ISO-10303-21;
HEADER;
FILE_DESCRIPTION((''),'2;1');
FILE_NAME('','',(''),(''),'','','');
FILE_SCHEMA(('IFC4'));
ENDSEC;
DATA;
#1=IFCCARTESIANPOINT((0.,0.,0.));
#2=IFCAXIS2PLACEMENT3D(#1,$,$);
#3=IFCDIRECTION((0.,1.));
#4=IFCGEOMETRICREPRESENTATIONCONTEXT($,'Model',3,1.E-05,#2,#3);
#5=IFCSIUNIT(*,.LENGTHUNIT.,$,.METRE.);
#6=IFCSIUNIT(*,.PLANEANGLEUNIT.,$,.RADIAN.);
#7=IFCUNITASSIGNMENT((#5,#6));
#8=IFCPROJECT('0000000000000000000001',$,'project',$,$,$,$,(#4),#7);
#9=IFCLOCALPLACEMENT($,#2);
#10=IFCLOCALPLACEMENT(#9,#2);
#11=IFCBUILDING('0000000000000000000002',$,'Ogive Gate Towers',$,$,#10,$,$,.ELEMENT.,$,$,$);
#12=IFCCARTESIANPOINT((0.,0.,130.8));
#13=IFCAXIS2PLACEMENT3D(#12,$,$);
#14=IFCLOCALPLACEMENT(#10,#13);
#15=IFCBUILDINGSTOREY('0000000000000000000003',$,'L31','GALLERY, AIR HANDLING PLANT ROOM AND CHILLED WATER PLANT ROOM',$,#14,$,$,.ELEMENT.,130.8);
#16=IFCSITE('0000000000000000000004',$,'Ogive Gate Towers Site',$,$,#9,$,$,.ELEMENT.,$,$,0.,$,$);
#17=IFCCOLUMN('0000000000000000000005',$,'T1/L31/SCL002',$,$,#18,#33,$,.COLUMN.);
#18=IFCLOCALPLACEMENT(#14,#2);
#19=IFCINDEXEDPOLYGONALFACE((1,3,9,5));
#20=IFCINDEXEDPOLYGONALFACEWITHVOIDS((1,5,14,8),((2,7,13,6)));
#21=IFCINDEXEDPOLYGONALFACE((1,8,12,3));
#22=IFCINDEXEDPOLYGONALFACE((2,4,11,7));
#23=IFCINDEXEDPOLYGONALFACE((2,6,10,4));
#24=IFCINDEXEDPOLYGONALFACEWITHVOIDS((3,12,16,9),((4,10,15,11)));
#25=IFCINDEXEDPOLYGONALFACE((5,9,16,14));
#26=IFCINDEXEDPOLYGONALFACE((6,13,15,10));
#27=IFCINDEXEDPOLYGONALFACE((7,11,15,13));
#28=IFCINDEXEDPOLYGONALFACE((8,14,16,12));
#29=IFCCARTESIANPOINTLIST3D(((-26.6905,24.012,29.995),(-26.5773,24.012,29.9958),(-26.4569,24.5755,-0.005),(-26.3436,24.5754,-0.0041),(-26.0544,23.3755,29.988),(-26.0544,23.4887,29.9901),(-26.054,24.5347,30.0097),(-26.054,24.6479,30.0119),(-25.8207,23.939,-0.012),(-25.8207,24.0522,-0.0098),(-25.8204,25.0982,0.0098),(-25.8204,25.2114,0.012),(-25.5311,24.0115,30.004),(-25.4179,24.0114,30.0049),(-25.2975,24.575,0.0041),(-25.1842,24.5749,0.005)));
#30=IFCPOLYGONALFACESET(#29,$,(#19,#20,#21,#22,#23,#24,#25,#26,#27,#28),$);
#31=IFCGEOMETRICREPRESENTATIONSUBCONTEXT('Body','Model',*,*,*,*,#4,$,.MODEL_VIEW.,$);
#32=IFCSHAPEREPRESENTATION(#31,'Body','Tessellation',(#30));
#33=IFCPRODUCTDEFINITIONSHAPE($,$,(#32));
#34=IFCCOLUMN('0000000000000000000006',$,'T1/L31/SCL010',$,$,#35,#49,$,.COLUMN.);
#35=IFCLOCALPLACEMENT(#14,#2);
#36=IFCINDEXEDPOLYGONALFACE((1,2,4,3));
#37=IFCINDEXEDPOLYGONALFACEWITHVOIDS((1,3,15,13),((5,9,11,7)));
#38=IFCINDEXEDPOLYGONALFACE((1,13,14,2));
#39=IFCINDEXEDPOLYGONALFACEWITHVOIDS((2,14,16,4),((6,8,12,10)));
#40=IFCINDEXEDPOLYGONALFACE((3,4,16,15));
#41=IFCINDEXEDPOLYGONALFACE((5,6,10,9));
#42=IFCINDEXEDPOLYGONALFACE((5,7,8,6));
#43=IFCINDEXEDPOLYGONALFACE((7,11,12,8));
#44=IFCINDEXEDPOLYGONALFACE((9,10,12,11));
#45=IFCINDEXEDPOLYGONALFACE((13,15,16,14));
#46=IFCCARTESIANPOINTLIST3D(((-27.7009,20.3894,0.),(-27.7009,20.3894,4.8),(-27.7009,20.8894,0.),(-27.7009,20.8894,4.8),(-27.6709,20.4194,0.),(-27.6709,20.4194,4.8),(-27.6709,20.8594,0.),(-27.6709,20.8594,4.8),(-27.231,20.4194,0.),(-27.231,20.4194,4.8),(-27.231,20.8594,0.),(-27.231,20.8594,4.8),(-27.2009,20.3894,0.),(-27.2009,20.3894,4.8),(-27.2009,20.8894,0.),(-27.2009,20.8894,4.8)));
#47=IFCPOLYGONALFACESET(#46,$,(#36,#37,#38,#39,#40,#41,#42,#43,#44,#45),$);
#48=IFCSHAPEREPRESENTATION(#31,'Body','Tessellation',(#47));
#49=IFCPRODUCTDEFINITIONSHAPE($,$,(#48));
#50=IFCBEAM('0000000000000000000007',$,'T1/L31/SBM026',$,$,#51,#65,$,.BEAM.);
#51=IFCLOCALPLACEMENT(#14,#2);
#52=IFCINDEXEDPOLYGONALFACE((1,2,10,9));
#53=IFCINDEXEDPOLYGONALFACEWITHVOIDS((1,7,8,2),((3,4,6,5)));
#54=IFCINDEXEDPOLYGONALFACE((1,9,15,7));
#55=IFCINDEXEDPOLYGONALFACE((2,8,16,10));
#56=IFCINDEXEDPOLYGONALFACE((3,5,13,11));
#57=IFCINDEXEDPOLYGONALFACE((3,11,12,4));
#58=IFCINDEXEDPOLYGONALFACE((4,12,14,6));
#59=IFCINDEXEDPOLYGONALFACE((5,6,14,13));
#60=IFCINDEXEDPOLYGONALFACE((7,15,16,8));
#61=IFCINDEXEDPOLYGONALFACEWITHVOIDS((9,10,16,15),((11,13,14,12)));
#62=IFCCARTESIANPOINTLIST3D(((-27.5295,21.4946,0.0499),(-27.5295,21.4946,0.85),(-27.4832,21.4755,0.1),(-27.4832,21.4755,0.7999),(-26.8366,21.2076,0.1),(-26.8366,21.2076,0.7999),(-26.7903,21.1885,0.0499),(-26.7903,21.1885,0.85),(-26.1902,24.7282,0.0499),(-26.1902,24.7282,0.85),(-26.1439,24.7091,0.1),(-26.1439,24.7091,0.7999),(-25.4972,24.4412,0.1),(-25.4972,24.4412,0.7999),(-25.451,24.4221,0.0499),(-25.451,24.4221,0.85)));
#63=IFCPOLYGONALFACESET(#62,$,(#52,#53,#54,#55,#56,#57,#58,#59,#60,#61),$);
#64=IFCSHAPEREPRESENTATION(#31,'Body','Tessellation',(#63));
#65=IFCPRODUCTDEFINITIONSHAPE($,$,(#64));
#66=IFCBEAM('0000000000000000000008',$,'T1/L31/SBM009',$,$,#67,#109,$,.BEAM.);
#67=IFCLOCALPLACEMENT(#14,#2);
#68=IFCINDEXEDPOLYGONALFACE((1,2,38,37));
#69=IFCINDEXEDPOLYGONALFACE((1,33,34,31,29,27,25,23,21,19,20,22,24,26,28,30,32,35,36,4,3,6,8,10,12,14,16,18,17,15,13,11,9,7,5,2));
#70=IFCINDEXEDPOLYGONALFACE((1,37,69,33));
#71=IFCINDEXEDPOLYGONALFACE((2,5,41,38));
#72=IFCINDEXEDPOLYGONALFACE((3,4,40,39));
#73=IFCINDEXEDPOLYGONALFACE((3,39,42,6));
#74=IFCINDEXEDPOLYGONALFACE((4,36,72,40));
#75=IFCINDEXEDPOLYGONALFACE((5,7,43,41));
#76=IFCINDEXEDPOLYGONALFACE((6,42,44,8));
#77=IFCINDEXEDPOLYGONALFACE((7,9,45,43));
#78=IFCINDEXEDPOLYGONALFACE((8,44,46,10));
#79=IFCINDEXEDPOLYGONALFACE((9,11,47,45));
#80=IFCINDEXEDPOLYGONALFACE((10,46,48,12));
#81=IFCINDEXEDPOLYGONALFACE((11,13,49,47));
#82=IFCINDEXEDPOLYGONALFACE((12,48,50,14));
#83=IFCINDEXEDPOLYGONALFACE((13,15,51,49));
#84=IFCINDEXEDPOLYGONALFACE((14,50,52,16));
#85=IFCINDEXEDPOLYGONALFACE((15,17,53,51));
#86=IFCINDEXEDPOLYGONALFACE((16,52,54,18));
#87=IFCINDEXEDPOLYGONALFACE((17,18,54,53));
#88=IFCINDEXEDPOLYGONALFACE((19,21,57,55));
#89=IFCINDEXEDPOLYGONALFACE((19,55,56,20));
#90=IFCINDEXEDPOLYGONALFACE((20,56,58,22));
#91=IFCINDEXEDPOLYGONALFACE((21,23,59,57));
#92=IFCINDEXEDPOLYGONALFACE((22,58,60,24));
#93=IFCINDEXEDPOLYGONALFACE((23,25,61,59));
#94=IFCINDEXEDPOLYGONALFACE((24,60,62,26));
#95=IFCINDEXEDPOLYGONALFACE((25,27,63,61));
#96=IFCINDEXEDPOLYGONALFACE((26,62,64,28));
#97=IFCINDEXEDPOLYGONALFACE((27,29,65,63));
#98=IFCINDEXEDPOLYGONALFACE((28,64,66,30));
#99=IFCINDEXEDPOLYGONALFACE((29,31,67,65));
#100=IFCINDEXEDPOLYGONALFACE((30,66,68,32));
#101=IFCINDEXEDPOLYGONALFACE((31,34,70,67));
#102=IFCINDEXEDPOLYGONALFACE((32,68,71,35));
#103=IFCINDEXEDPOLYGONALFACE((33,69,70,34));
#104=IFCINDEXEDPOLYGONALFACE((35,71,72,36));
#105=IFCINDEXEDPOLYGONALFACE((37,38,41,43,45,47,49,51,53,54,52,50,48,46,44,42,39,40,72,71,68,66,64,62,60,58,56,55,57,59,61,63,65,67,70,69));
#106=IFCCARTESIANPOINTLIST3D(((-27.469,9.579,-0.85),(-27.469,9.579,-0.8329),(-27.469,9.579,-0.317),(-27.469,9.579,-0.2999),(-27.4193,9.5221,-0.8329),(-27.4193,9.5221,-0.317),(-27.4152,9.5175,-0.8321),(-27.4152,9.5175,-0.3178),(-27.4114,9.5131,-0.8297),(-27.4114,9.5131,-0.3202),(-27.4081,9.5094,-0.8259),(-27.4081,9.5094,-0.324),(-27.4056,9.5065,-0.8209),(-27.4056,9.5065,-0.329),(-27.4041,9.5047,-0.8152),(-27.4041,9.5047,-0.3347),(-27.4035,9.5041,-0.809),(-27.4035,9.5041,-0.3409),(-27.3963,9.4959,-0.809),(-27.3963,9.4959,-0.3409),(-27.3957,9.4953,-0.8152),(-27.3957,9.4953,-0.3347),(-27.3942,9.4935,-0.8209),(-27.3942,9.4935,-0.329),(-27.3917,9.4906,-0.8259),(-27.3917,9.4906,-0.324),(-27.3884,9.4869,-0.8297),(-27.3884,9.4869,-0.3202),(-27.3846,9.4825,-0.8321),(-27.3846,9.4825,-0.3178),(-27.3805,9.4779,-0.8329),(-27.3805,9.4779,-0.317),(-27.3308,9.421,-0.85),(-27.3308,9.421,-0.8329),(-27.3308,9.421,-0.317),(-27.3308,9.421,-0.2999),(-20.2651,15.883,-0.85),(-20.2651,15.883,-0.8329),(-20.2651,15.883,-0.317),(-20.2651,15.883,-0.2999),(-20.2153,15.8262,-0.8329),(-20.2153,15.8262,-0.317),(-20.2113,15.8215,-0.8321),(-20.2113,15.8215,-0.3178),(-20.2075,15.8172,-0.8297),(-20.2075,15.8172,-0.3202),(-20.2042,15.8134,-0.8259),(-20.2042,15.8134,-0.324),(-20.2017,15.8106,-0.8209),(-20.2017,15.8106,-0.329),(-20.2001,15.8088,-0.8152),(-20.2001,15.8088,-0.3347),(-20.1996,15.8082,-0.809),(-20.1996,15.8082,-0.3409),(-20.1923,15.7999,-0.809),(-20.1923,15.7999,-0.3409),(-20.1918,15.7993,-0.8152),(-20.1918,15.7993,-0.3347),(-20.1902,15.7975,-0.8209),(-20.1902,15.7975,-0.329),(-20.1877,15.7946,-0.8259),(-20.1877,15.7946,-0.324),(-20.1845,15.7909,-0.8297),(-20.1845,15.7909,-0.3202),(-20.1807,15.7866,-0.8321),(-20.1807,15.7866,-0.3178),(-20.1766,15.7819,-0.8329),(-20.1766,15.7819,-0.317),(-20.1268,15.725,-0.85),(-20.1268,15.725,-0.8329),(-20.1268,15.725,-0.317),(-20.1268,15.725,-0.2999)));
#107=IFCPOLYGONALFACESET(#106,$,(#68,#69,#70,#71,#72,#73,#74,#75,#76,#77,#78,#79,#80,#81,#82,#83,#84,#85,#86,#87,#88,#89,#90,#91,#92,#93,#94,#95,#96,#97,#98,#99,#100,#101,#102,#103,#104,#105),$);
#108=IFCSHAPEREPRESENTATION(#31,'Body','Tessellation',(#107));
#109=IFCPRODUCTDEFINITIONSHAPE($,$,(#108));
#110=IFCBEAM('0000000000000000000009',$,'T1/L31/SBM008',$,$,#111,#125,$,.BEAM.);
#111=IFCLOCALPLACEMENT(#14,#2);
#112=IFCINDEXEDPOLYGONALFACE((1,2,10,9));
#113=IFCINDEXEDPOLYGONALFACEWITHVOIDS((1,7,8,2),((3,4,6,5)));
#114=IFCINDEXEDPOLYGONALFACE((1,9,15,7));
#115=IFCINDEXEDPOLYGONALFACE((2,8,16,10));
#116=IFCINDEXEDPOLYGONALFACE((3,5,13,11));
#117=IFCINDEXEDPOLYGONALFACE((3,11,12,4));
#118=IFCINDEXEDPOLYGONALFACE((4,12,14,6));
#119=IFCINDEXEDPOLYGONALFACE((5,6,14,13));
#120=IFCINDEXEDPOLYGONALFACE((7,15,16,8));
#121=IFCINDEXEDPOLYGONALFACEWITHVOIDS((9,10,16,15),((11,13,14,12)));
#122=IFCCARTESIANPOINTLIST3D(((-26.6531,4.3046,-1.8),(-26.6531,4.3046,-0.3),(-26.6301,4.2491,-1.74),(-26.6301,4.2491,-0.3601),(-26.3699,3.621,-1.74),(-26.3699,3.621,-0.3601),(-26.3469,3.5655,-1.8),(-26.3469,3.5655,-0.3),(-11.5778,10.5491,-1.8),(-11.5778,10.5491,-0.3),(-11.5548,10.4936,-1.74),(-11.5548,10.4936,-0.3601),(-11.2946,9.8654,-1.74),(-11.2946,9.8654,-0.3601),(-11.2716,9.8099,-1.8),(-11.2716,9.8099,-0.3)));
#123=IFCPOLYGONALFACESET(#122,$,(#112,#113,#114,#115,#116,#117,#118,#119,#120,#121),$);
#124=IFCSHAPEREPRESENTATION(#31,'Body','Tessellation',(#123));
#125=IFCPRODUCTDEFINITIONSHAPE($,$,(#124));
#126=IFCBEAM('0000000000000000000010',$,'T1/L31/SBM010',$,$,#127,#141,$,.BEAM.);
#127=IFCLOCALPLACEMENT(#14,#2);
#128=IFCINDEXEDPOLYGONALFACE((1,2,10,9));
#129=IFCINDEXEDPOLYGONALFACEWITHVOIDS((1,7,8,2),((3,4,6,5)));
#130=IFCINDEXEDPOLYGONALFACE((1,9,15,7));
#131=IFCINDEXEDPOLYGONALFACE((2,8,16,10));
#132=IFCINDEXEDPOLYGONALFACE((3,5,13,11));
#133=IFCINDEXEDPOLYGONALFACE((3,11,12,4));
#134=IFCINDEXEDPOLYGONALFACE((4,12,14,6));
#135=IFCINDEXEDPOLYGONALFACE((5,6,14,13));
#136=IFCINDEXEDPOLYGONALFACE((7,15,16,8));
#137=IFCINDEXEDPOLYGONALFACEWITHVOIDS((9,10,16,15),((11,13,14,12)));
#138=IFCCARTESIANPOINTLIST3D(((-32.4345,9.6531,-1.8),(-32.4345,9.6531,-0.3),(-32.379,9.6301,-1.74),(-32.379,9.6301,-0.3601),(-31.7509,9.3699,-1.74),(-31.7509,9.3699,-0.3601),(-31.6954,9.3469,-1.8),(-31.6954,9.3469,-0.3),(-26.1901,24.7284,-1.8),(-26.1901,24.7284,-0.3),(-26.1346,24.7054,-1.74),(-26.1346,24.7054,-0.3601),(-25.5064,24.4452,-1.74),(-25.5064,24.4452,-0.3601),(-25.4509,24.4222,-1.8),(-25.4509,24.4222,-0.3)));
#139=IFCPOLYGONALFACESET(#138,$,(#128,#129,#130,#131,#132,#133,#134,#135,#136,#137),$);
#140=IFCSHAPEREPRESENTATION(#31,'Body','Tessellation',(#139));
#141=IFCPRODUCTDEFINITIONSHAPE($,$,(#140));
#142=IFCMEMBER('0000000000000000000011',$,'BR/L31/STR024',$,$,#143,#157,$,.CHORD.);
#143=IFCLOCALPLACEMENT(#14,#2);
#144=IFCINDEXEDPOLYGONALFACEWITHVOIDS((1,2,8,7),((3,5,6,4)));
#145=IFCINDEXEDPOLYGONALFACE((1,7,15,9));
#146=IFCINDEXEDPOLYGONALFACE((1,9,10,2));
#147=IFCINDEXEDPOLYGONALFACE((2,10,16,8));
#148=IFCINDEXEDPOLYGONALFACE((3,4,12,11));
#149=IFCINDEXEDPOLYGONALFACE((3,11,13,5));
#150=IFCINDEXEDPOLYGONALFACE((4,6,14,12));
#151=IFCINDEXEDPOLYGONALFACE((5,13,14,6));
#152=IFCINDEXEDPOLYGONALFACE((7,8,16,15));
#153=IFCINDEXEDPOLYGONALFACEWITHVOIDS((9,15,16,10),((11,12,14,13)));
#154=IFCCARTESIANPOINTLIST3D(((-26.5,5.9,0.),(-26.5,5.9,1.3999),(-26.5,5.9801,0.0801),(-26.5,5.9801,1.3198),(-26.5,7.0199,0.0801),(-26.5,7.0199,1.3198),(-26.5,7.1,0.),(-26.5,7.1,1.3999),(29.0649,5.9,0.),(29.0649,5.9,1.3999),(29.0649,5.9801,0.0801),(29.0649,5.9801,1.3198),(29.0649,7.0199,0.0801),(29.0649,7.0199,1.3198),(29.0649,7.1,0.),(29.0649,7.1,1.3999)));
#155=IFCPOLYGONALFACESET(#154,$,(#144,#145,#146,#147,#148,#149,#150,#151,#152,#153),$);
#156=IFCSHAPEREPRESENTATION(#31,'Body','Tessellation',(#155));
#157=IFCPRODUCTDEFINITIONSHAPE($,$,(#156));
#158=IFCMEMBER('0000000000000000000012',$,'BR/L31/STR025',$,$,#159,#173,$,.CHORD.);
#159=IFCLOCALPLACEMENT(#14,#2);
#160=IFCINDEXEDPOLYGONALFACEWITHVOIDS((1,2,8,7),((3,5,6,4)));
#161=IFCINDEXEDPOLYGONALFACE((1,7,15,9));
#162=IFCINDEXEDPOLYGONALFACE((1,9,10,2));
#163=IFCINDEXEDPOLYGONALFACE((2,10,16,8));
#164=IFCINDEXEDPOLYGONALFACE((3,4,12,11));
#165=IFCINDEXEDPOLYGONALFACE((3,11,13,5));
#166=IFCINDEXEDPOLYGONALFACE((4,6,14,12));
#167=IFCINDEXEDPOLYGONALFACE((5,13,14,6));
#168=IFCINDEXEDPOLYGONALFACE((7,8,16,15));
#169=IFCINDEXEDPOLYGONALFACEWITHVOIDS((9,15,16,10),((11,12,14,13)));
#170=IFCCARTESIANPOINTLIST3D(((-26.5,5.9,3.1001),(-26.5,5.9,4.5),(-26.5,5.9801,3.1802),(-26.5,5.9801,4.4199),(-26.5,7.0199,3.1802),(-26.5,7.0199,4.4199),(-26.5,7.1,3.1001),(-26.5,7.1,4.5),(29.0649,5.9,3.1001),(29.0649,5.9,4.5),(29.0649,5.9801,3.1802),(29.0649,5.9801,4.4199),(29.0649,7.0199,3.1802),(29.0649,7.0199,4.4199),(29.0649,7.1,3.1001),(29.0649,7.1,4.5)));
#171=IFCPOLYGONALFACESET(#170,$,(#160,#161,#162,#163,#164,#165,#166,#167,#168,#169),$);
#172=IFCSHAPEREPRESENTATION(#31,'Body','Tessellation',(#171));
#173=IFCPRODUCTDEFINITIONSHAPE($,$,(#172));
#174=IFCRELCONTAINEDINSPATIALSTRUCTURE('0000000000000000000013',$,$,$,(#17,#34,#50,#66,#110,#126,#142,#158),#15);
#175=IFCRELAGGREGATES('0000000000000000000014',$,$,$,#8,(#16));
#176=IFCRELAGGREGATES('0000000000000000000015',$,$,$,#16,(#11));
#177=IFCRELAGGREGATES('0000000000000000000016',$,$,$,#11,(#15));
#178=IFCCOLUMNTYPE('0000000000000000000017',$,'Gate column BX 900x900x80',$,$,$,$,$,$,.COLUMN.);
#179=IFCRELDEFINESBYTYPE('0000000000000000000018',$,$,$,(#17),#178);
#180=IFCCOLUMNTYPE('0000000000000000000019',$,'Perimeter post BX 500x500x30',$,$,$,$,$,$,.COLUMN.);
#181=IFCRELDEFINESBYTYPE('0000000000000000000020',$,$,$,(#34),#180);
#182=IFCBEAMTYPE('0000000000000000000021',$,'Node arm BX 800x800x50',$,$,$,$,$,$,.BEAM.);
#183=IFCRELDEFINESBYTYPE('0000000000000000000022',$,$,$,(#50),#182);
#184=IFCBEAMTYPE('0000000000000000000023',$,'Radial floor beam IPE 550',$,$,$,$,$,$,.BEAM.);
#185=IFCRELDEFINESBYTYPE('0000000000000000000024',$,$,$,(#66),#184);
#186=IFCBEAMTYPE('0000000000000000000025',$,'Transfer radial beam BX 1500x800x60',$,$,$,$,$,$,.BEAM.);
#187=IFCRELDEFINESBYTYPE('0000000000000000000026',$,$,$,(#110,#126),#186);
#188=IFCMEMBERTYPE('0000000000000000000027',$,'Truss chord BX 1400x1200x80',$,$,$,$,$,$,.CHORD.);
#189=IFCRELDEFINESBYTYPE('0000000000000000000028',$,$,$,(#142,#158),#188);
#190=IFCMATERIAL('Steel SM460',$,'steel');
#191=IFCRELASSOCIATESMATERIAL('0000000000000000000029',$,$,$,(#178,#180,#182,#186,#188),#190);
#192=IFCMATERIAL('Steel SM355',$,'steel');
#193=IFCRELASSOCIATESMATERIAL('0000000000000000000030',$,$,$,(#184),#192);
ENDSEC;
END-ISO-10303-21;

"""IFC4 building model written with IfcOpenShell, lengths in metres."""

from ifc_helpers import new_model, si_unit, direction, frame, origin, origin_2d, place, context, subcontext, project, spatial, hollow_rectangle, i_section, extrude, material, material_profile, profile_set, type_object, element, save


model = new_model("IFC4")

# Units and contexts
model_context = context("Model", 3, precision=1e-05, world=origin(), true_north=direction((0.0, 1.0)))
body_context = subcontext(model_context, "Body", "Model", "MODEL_VIEW")
ifc_project = project(units=[si_unit("LENGTHUNIT", "METRE"), si_unit("PLANEANGLEUNIT", "RADIAN")], contexts=[model_context])

# Site, building, storey
site_placement = place(None, origin())
site = spatial("IfcSite", under=ifc_project, at=site_placement, Name="Ogive Gate Towers Site", CompositionType="ELEMENT", RefElevation=0.0)
building_placement = place(site_placement, origin())
building = spatial("IfcBuilding", under=site, at=building_placement, Name="Ogive Gate Towers", CompositionType="ELEMENT")
storey_placement = place(building_placement, frame((0.0, 0.0, 130.8)))
storey = spatial("IfcBuildingStorey", under=building, at=storey_placement, Name="L31", Description="GALLERY, AIR HANDLING PLANT ROOM AND CHILLED WATER PLANT ROOM", CompositionType="ELEMENT", Elevation=130.8)

# Columns
ifc_material_1 = material(Name="Steel SM460", Category="steel")
ifc_material_profile_1 = material_profile(ifc_material_1, hollow_rectangle(XDim=0.8999, YDim=0.8999, WallThickness=0.0801, at=origin_2d()), Name="BX 900x900x80")
ifc_profile_set_1 = profile_set([ifc_material_profile_1], Name="Steel SM460")
column_type_1 = type_object("IfcColumnType", Name="Gate column BX 900x900x80", PredefinedType="COLUMN", material=ifc_profile_set_1)
column_1_placement = place(storey_placement, frame((-25.8206, 24.5752, 0.0), z_axis=(-0.007786, -0.018779, 0.999793), x_axis=(0.707294, 0.70667, 0.018782)))
element("IfcColumn", 1, at=column_1_placement, inside=storey, type_object=column_type_1, Name="T1/L31/SCL002", PredefinedType="COLUMN", context=body_context, shape_type="SweptSolid", body=[
    extrude(hollow_rectangle(XDim=0.8999, YDim=0.8999, WallThickness=0.0801, at=origin_2d()), origin(), (0.0, 0.0, 1.0), 30.0061),
])
ifc_material_profile_2 = material_profile(ifc_material_1, hollow_rectangle(XDim=0.5, YDim=0.5, WallThickness=0.03, at=origin_2d()), Name="BX 500x500x30")
ifc_profile_set_2 = profile_set([ifc_material_profile_2], Name="Steel SM460")
column_type_2 = type_object("IfcColumnType", Name="Perimeter post BX 500x500x30", PredefinedType="COLUMN", material=ifc_profile_set_2)
column_2_placement = place(storey_placement, frame((-27.4509, 20.6394, 0.0), z_axis=(0.0, 0.0, 1.0), x_axis=(1.0, 0.0, 0.0)))
element("IfcColumn", 2, at=column_2_placement, inside=storey, type_object=column_type_2, Name="T1/L31/SCL010", PredefinedType="COLUMN", context=body_context, shape_type="SweptSolid", body=[
    extrude(hollow_rectangle(XDim=0.5, YDim=0.5, WallThickness=0.03, at=origin_2d()), origin(), (0.0, 0.0, 1.0), 4.8),
])

# Beams
ifc_material_profile_3 = material_profile(ifc_material_1, hollow_rectangle(XDim=0.8, YDim=0.8, WallThickness=0.05, at=origin_2d()), Name="BX 800x800x50")
ifc_profile_set_3 = profile_set([ifc_material_profile_3], Name="Steel SM460")
beam_type_1 = type_object("IfcBeamType", Name="Node arm BX 800x800x50", PredefinedType="BEAM", material=ifc_profile_set_3)
beam_1_placement = place(storey_placement, frame((-27.1599, 21.3416, 0.45), z_axis=(0.382668, 0.923886, 0.0), x_axis=(-0.923886, 0.382668, 0.0)))
element("IfcBeam", 3, at=beam_1_placement, inside=storey, type_object=beam_type_1, Name="T1/L31/SBM026", PredefinedType="BEAM", context=body_context, shape_type="SweptSolid", body=[
    extrude(hollow_rectangle(XDim=0.8, YDim=0.8, WallThickness=0.05, at=origin_2d()), origin(), (0.0, 0.0, 1.0), 3.5),
])
ifc_material_2 = material(Name="Steel SM355", Category="steel")
ifc_material_profile_4 = material_profile(ifc_material_2, i_section(OverallWidth=0.21, OverallDepth=0.55, WebThickness=0.011, FlangeThickness=0.0171, FilletRadius=0.0239, at=origin_2d()), Name="IPE 550")
ifc_profile_set_4 = profile_set([ifc_material_profile_4], Name="Steel SM355")
beam_type_2 = type_object("IfcBeamType", Name="Radial floor beam IPE 550", PredefinedType="BEAM", material=ifc_profile_set_4)
beam_2_placement = place(storey_placement, frame((-27.3999, 9.5, -0.575), z_axis=(0.752547, 0.658539, 0.0), x_axis=(-0.658539, 0.752547, 0.0)))
element("IfcBeam", 4, at=beam_2_placement, inside=storey, type_object=beam_type_2, Name="T1/L31/SBM009", PredefinedType="BEAM", context=body_context, shape_type="SweptSolid", body=[
    extrude(i_section(OverallWidth=0.21, OverallDepth=0.55, WebThickness=0.011, FlangeThickness=0.0171, FilletRadius=0.0239, at=origin_2d()), origin(), (0.0, 0.0, 1.0), 9.5728),
])
ifc_material_profile_5 = material_profile(ifc_material_1, hollow_rectangle(XDim=0.8, YDim=1.5, WallThickness=0.0601, at=origin_2d()), Name="BX 1500x800x60")
ifc_profile_set_5 = profile_set([ifc_material_profile_5], Name="Steel SM460")
beam_type_3 = type_object("IfcBeamType", Name="Transfer radial beam BX 1500x800x60", PredefinedType="BEAM", material=ifc_profile_set_5)
for number, where, z_axis, x_axis, name in (
    (5, (-26.5, 3.9351, -1.05), (0.923879, 0.382685, 0.0), (-0.382685, 0.923879, 0.0), "T1/L31/SBM008"),
    (6, (-32.0649, 9.5, -1.05), (0.382685, 0.923879, 0.0), (-0.923879, 0.382685, 0.0), "T1/L31/SBM010"),
):
    element("IfcBeam", number, at=place(storey_placement, frame(where, z_axis=z_axis, x_axis=x_axis)), inside=storey, type_object=beam_type_3, Name=name, PredefinedType="BEAM", context=body_context, shape_type="SweptSolid", body=[
        extrude(hollow_rectangle(XDim=0.8, YDim=1.5, WallThickness=0.0601, at=origin_2d()), origin(), (0.0, 0.0, 1.0), 16.3174),
    ])

# Members
ifc_material_profile_6 = material_profile(ifc_material_1, hollow_rectangle(XDim=1.2, YDim=1.3999, WallThickness=0.0801, at=origin_2d()), Name="BX 1400x1200x80")
ifc_profile_set_6 = profile_set([ifc_material_profile_6], Name="Steel SM460")
member_type_1 = type_object("IfcMemberType", Name="Truss chord BX 1400x1200x80", PredefinedType="CHORD", material=ifc_profile_set_6)
for number, where, z_axis, x_axis, name in (
    (7, (-26.5, 6.5, 0.7), (1.0, 0.0, 0.0), (0.0, 1.0, 0.0), "BR/L31/STR024"),
    (8, (-26.5, 6.5, 3.8), (1.0, 0.0, 0.0), (0.0, 1.0, 0.0), "BR/L31/STR025"),
):
    element("IfcMember", number, at=place(storey_placement, frame(where, z_axis=z_axis, x_axis=x_axis)), inside=storey, type_object=member_type_1, Name=name, PredefinedType="CHORD", context=body_context, shape_type="SweptSolid", body=[
        extrude(hollow_rectangle(XDim=1.2, YDim=1.3999, WallThickness=0.0801, at=origin_2d()), origin(), (0.0, 0.0, 1.0), 55.5649),
    ])

save(model, "model.ifc")
